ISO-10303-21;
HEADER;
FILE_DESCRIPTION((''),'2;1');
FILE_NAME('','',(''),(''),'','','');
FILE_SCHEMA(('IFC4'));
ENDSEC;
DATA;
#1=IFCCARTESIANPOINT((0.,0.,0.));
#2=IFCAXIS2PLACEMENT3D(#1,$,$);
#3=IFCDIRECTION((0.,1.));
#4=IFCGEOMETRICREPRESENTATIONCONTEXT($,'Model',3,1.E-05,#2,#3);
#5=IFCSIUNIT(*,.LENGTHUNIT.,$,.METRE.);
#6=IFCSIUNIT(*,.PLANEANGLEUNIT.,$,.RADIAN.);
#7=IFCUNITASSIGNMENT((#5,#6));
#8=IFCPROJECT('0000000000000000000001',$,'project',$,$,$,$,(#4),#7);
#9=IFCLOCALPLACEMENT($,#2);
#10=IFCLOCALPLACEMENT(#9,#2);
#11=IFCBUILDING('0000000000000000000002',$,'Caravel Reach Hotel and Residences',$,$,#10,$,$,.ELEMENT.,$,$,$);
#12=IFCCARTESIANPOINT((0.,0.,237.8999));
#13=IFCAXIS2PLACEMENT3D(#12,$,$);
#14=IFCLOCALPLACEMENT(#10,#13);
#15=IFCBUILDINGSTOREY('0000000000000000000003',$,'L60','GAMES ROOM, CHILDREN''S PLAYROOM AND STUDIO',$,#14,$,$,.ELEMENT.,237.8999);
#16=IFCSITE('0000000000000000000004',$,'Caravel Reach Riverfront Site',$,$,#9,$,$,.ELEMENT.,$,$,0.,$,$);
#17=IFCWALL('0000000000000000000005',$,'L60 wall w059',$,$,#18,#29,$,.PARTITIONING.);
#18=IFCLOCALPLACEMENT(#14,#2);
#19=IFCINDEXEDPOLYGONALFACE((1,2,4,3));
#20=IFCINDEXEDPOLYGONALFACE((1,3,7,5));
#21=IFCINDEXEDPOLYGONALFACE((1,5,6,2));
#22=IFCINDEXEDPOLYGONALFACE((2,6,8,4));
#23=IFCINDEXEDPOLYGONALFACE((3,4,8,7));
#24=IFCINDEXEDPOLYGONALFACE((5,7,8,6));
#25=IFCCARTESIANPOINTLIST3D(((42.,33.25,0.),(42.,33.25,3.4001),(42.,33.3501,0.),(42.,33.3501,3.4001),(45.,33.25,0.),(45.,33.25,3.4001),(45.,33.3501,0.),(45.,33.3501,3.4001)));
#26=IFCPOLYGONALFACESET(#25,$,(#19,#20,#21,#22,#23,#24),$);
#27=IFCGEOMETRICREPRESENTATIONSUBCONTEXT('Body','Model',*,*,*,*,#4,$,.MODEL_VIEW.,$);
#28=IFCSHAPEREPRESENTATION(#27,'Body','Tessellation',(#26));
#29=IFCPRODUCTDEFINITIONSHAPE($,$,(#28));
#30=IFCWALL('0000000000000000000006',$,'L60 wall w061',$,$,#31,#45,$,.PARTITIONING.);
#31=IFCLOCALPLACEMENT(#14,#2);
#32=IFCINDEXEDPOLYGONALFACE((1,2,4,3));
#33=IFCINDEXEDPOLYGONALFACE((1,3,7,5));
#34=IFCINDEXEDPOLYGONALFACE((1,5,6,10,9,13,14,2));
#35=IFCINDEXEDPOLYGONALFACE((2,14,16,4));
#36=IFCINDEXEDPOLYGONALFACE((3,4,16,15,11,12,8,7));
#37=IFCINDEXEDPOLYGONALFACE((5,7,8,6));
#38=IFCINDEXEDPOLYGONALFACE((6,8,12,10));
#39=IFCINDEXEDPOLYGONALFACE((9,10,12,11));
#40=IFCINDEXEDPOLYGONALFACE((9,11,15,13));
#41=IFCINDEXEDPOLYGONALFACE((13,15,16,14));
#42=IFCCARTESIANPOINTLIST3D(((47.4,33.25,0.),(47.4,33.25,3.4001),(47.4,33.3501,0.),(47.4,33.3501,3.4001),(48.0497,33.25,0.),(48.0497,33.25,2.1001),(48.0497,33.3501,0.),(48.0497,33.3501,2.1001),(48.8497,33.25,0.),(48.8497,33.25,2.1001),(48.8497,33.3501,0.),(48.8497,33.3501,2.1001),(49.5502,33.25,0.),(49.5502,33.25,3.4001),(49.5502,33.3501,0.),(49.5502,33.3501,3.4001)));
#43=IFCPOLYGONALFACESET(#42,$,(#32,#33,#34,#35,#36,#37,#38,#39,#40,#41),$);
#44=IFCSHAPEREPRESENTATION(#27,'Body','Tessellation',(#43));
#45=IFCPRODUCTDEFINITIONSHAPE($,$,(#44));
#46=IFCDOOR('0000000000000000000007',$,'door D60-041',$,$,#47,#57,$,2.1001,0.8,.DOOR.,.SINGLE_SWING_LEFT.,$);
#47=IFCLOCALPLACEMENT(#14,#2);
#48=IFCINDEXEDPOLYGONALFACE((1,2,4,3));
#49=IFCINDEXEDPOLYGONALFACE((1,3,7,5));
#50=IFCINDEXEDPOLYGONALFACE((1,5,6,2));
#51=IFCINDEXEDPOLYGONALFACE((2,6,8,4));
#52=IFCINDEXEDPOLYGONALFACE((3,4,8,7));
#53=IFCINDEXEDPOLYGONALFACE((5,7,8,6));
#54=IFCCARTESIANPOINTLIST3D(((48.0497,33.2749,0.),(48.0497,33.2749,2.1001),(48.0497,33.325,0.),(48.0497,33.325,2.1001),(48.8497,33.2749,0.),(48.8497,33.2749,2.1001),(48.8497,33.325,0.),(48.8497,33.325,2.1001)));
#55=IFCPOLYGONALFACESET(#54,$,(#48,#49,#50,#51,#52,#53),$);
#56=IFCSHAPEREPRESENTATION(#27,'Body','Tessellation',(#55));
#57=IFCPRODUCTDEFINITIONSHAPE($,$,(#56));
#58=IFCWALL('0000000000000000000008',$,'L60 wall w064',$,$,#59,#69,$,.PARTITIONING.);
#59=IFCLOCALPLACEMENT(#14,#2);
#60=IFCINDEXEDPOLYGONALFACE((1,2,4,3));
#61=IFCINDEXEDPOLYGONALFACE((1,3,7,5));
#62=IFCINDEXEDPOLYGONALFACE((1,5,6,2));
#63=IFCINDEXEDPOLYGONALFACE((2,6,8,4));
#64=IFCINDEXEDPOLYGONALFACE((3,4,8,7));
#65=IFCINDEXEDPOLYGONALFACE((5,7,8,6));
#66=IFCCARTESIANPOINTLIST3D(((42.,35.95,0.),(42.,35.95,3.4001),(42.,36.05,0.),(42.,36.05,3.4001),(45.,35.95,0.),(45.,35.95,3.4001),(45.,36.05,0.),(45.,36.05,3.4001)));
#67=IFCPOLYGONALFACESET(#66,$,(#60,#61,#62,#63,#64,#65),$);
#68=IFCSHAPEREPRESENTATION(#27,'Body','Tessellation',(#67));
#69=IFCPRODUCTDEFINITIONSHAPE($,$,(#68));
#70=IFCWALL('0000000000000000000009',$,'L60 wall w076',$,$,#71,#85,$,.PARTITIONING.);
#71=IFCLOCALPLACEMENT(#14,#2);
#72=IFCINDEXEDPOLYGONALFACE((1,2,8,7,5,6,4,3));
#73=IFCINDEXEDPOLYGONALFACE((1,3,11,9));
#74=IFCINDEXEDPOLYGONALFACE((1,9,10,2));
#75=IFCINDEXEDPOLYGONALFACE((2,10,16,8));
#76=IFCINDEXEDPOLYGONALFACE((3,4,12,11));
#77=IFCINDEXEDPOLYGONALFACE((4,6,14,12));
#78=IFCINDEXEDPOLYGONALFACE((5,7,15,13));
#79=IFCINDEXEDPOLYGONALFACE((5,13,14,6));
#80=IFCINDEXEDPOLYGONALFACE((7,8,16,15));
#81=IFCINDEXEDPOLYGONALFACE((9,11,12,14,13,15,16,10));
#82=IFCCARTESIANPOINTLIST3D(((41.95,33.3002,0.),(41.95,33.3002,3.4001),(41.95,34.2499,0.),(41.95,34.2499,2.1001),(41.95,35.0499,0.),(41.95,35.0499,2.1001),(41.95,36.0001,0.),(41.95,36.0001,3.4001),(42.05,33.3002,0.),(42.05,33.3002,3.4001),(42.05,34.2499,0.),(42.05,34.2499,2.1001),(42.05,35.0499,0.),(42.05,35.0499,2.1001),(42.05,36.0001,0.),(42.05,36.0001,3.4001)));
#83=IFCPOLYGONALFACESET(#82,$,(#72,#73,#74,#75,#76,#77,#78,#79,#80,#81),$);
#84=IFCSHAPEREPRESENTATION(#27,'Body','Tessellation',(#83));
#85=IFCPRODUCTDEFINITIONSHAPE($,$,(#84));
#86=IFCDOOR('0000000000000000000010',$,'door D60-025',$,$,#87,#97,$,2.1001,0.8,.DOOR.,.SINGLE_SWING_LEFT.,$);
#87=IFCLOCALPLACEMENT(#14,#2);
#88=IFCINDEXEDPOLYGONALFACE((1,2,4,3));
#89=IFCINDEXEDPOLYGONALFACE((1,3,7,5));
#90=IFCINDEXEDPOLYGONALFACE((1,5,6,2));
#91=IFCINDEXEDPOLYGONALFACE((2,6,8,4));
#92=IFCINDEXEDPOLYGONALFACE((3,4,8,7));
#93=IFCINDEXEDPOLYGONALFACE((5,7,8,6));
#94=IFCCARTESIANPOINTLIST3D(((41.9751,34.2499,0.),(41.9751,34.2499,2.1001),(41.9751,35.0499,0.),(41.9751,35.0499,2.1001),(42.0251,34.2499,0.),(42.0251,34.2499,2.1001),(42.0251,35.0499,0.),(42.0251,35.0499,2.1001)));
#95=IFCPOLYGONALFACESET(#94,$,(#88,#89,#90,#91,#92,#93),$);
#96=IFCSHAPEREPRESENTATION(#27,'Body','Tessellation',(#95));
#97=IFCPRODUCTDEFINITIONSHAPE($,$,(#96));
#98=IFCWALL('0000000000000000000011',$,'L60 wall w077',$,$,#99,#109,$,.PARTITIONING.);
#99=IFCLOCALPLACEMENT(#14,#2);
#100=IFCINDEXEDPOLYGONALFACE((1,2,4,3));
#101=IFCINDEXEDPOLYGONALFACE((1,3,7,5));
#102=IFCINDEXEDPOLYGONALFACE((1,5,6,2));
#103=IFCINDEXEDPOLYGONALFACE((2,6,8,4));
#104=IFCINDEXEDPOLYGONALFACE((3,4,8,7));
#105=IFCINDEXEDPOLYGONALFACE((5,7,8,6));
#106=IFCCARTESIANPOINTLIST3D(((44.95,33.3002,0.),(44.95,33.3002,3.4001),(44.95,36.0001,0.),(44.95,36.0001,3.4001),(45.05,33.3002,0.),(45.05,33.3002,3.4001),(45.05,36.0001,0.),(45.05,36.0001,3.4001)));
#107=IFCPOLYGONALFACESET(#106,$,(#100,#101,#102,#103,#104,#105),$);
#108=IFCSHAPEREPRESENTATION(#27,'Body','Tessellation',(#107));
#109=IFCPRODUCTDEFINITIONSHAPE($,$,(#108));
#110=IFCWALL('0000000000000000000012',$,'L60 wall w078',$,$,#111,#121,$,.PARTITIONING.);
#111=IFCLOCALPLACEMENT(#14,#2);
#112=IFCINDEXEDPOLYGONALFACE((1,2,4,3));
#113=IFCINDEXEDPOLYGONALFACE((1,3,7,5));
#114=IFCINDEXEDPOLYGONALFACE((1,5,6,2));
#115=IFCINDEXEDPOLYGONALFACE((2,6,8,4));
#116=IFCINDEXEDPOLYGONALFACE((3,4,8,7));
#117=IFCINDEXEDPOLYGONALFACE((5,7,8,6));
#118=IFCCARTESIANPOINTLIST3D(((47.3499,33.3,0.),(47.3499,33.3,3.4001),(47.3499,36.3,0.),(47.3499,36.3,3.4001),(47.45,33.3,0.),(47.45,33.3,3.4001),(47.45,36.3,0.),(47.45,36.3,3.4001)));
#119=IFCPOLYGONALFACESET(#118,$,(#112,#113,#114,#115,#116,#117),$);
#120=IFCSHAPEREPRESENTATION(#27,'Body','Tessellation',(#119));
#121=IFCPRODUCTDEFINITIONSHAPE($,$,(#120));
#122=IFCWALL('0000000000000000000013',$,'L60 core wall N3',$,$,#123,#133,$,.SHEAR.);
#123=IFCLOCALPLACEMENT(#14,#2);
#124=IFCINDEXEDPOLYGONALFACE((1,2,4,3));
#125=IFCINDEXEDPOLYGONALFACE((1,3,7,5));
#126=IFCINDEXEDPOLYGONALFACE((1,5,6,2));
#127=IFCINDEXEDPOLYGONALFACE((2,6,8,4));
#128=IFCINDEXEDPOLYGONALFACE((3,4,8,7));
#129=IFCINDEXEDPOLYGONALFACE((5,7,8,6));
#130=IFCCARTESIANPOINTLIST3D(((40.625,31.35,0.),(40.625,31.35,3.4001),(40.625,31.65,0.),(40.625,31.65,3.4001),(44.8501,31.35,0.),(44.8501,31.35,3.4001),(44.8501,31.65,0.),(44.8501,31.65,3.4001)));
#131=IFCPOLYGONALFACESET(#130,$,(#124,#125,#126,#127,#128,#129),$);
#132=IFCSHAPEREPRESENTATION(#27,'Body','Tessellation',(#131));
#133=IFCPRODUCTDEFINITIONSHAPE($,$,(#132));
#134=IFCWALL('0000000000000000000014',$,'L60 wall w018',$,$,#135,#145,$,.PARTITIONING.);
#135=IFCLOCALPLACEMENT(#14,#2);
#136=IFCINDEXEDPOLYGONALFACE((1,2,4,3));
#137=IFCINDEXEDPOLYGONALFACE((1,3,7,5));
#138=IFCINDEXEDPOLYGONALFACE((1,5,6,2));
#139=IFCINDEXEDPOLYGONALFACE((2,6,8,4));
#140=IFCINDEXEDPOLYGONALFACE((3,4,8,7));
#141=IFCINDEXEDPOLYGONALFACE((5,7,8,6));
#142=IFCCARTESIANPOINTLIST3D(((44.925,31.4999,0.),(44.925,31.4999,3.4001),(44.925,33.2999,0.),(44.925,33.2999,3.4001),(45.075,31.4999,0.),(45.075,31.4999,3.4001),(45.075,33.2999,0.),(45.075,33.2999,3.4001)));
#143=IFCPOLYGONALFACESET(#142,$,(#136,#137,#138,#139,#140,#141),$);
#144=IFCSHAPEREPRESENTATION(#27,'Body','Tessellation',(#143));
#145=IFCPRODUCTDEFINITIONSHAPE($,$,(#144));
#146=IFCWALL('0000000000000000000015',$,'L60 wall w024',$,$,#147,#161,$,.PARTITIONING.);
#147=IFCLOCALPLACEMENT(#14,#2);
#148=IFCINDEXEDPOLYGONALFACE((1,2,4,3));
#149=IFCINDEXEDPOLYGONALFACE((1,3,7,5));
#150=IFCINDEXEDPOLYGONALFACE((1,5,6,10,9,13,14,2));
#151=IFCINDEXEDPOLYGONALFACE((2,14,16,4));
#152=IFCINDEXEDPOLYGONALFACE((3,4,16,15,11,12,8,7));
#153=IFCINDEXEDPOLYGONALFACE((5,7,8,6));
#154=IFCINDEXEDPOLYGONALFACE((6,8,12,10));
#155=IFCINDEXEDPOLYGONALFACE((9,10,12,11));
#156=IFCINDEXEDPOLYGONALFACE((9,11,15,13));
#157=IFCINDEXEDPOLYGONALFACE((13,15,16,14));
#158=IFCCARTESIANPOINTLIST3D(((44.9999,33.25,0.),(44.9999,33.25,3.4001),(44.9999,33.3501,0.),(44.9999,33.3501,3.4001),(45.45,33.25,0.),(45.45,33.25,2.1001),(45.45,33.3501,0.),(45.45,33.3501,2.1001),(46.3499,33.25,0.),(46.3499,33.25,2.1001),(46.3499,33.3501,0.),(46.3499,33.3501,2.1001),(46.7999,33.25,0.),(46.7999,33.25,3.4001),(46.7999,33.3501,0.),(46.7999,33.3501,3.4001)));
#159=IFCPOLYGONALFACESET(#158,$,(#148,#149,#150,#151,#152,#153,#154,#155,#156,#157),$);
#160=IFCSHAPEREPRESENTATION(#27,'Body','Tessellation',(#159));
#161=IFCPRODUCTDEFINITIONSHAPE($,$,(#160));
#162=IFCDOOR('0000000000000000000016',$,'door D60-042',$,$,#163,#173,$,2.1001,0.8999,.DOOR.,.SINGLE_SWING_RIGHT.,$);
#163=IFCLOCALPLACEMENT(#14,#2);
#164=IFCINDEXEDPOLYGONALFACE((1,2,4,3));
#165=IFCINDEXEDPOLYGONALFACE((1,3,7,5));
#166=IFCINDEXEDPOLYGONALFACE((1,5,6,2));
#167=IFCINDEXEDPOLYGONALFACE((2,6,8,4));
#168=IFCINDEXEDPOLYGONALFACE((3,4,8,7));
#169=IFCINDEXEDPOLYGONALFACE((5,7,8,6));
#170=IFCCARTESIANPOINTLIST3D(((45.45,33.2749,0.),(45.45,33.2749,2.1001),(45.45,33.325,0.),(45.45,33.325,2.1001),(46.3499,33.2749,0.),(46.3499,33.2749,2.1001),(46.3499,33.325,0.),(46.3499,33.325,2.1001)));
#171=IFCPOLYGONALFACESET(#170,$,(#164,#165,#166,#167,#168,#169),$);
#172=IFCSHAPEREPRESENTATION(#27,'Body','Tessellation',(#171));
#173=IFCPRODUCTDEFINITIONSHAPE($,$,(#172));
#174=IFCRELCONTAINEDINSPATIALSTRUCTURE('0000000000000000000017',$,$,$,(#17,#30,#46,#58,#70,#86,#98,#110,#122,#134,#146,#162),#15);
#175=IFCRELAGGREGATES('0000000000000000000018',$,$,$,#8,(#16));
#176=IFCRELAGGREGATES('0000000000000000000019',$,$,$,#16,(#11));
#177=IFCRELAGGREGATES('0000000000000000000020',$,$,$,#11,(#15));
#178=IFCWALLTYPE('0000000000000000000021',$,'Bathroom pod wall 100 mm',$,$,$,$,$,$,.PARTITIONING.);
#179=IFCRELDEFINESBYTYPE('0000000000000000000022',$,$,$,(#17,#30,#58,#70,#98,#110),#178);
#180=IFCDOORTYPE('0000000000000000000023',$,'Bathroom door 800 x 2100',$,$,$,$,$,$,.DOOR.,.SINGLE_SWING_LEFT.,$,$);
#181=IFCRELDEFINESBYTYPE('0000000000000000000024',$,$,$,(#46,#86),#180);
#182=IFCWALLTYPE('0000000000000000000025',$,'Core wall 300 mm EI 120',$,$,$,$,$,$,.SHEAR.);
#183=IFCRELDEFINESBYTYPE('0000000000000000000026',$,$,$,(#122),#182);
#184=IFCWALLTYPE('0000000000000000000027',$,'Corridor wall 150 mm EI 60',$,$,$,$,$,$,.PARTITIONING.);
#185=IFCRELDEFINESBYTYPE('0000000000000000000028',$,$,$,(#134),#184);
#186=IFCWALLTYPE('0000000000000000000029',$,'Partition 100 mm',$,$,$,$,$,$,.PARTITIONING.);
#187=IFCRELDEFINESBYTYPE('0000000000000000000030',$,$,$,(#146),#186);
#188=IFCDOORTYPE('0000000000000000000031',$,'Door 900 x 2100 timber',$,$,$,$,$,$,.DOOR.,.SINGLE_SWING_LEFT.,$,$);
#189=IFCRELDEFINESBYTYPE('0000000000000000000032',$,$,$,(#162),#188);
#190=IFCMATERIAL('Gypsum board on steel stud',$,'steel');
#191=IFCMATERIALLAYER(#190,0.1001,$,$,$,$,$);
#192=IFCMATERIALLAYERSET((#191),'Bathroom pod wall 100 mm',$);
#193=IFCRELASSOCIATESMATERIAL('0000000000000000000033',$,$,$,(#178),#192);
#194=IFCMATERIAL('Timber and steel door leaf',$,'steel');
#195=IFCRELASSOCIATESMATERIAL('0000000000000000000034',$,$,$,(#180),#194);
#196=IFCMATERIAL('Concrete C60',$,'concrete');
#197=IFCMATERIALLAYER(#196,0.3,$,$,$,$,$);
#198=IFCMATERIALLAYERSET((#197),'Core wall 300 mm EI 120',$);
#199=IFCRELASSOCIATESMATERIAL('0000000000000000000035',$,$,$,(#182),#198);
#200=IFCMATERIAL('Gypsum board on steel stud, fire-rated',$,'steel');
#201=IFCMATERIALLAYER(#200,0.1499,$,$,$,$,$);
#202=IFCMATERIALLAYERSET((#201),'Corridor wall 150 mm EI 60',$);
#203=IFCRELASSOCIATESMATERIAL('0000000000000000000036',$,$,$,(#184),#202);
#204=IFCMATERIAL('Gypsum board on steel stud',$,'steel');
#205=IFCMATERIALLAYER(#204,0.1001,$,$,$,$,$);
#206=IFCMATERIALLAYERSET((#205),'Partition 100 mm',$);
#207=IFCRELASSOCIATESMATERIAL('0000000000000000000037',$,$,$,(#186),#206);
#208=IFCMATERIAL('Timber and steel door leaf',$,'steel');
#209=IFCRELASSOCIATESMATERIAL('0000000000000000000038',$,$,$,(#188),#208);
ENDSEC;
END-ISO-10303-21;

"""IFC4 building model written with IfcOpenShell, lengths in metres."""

from ifc_helpers import new_model, si_unit, direction, frame, frame_2d, origin, place, context, subcontext, project, spatial, rectangle, extrude, material, layer, layer_set, type_object, element, fill, save


model = new_model("IFC4")

# Units and contexts
model_context = context("Model", 3, precision=1e-05, world=origin(), true_north=direction((0.0, 1.0)))
body_context = subcontext(model_context, "Body", "Model", "MODEL_VIEW")
ifc_project = project(units=[si_unit("LENGTHUNIT", "METRE"), si_unit("PLANEANGLEUNIT", "RADIAN")], contexts=[model_context])

# Site, building, storey
site_placement = place(None, origin())
site = spatial("IfcSite", under=ifc_project, at=site_placement, Name="Caravel Reach Riverfront Site", CompositionType="ELEMENT", RefElevation=0.0)
building_placement = place(site_placement, origin())
building = spatial("IfcBuilding", under=site, at=building_placement, Name="Caravel Reach Hotel and Residences", CompositionType="ELEMENT")
storey_placement = place(building_placement, frame((0.0, 0.0, 237.8999)))
storey = spatial("IfcBuildingStorey", under=building, at=storey_placement, Name="L60", Description="GAMES ROOM, CHILDREN'S PLAYROOM AND STUDIO", CompositionType="ELEMENT", Elevation=237.8999)

# Wall
ifc_material_1 = material(Name="Gypsum board on steel stud", Category="steel")
ifc_layer_1 = layer(ifc_material_1, 0.1001)
ifc_layer_set_1 = layer_set([ifc_layer_1], Name="Bathroom pod wall 100 mm")
wall_type_1 = type_object("IfcWallType", Name="Bathroom pod wall 100 mm", PredefinedType="PARTITIONING", material=ifc_layer_set_1)
wall_1_placement = place(storey_placement, frame((42.0, 33.3, 0.0), z_axis=(0.0, 0.0, 1.0), x_axis=(1.0, 0.0, 0.0)))
element("IfcWall", 1, at=wall_1_placement, inside=storey, type_object=wall_type_1, Name="L60 wall w059", PredefinedType="PARTITIONING", context=body_context, shape_type="SweptSolid", body=[
    extrude(rectangle(XDim=3.0, YDim=0.1001, at=frame_2d((1.5, 0.0))), origin(), (0.0, 0.0, 1.0), 3.4001),
])

# Wall, opening, door
wall_2_placement = place(storey_placement, frame((47.3999, 33.3, 0.0), z_axis=(0.0, 0.0, 1.0), x_axis=(1.0, 0.0, 0.0)))
wall_2 = element("IfcWall", 2, at=wall_2_placement, inside=storey, type_object=wall_type_1, Name="L60 wall w061", PredefinedType="PARTITIONING", context=body_context, shape_type="SweptSolid", body=[
    extrude(rectangle(XDim=2.1501, YDim=0.1001, at=frame_2d((1.0752, 0.0))), origin(), (0.0, 0.0, 1.0), 3.4001),
])
opening_1_placement = place(wall_2_placement, frame((0.6499, 0.0, 0.0)))
opening_1 = element("IfcOpeningElement", 3, at=opening_1_placement, cuts=wall_2, PredefinedType="OPENING", context=body_context, shape_type="SweptSolid", body=[
    extrude(rectangle(XDim=0.8, YDim=2.1001, at=frame_2d((0.3999, 1.05))), frame((0.0, 0.0601, 0.0), z_axis=(0.0, -1.0, 0.0), x_axis=(1.0, 0.0, 0.0)), (0.0, 0.0, 1.0), 0.1201),
])
ifc_material_2 = material(Name="Timber and steel door leaf", Category="steel")
door_type_1 = type_object("IfcDoorType", Name="Bathroom door 800 x 2100", OperationType="SINGLE_SWING_LEFT", PredefinedType="DOOR", material=ifc_material_2)
door_1_placement = place(opening_1_placement, origin())
door_1 = element("IfcDoor", 4, at=door_1_placement, inside=storey, type_object=door_type_1, Name="door D60-041", OperationType="SINGLE_SWING_LEFT", OverallHeight=2.1001, OverallWidth=0.8, PredefinedType="DOOR", context=body_context, shape_type="SweptSolid", body=[
    extrude(rectangle(XDim=0.8, YDim=2.1001, at=frame_2d((0.3999, 1.05))), frame((0.0, 0.0249, 0.0), z_axis=(0.0, -1.0, 0.0), x_axis=(1.0, 0.0, 0.0)), (0.0, 0.0, 1.0), 0.05),
])
fill(opening_1, door_1)

# Wall
wall_3_placement = place(storey_placement, frame((42.0, 36.0, 0.0), z_axis=(0.0, 0.0, 1.0), x_axis=(1.0, 0.0, 0.0)))
element("IfcWall", 5, at=wall_3_placement, inside=storey, type_object=wall_type_1, Name="L60 wall w064", PredefinedType="PARTITIONING", context=body_context, shape_type="SweptSolid", body=[
    extrude(rectangle(XDim=3.0, YDim=0.1001, at=frame_2d((1.5, 0.0))), origin(), (0.0, 0.0, 1.0), 3.4001),
])

# Wall, opening, door
wall_4_placement = place(storey_placement, frame((42.0, 33.3, 0.0), z_axis=(0.0, 0.0, 1.0), x_axis=(0.0, 1.0, 0.0)))
wall_4 = element("IfcWall", 6, at=wall_4_placement, inside=storey, type_object=wall_type_1, Name="L60 wall w076", PredefinedType="PARTITIONING", context=body_context, shape_type="SweptSolid", body=[
    extrude(rectangle(XDim=2.7, YDim=0.1001, at=frame_2d((1.3501, 0.0))), origin(), (0.0, 0.0, 1.0), 3.4001),
])
opening_2_placement = place(wall_4_placement, frame((0.95, 0.0, 0.0)))
opening_2 = element("IfcOpeningElement", 7, at=opening_2_placement, cuts=wall_4, PredefinedType="OPENING", context=body_context, shape_type="SweptSolid", body=[
    extrude(rectangle(XDim=0.8, YDim=2.1001, at=frame_2d((0.3999, 1.05))), frame((0.0, 0.0601, 0.0), z_axis=(0.0, -1.0, 0.0), x_axis=(1.0, 0.0, 0.0)), (0.0, 0.0, 1.0), 0.1201),
])
door_2_placement = place(opening_2_placement, origin())
door_2 = element("IfcDoor", 8, at=door_2_placement, inside=storey, type_object=door_type_1, Name="door D60-025", OperationType="SINGLE_SWING_LEFT", OverallHeight=2.1001, OverallWidth=0.8, PredefinedType="DOOR", context=body_context, shape_type="SweptSolid", body=[
    extrude(rectangle(XDim=0.8, YDim=2.1001, at=frame_2d((0.3999, 1.05))), frame((0.0, 0.0249, 0.0), z_axis=(0.0, -1.0, 0.0), x_axis=(1.0, 0.0, 0.0)), (0.0, 0.0, 1.0), 0.05),
])
fill(opening_2, door_2)

# Walls
wall_5_placement = place(storey_placement, frame((45.0, 33.3, 0.0), z_axis=(0.0, 0.0, 1.0), x_axis=(0.0, 1.0, 0.0)))
element("IfcWall", 9, at=wall_5_placement, inside=storey, type_object=wall_type_1, Name="L60 wall w077", PredefinedType="PARTITIONING", context=body_context, shape_type="SweptSolid", body=[
    extrude(rectangle(XDim=2.7, YDim=0.1001, at=frame_2d((1.3501, 0.0))), origin(), (0.0, 0.0, 1.0), 3.4001),
])
wall_6_placement = place(storey_placement, frame((47.3999, 33.3, 0.0), z_axis=(0.0, 0.0, 1.0), x_axis=(0.0, 1.0, 0.0)))
element("IfcWall", 10, at=wall_6_placement, inside=storey, type_object=wall_type_1, Name="L60 wall w078", PredefinedType="PARTITIONING", context=body_context, shape_type="SweptSolid", body=[
    extrude(rectangle(XDim=3.0, YDim=0.1001, at=frame_2d((1.5, 0.0))), origin(), (0.0, 0.0, 1.0), 3.4001),
])
ifc_material_3 = material(Name="Concrete C60", Category="concrete")
ifc_layer_2 = layer(ifc_material_3, 0.3)
ifc_layer_set_2 = layer_set([ifc_layer_2], Name="Core wall 300 mm EI 120")
wall_type_2 = type_object("IfcWallType", Name="Core wall 300 mm EI 120", PredefinedType="SHEAR", material=ifc_layer_set_2)
wall_7_placement = place(storey_placement, frame((40.625, 31.5, 0.0), z_axis=(0.0, 0.0, 1.0), x_axis=(1.0, 0.0, 0.0)))
element("IfcWall", 11, at=wall_7_placement, inside=storey, type_object=wall_type_2, Name="L60 core wall N3", PredefinedType="SHEAR", context=body_context, shape_type="SweptSolid", body=[
    extrude(rectangle(XDim=4.2251, YDim=0.3, at=frame_2d((2.1125, 0.0))), origin(), (0.0, 0.0, 1.0), 3.4001),
])
ifc_material_4 = material(Name="Gypsum board on steel stud, fire-rated", Category="steel")
ifc_layer_3 = layer(ifc_material_4, 0.1499)
ifc_layer_set_3 = layer_set([ifc_layer_3], Name="Corridor wall 150 mm EI 60")
wall_type_3 = type_object("IfcWallType", Name="Corridor wall 150 mm EI 60", PredefinedType="PARTITIONING", material=ifc_layer_set_3)
wall_8_placement = place(storey_placement, frame((45.0, 31.5, 0.0), z_axis=(0.0, 0.0, 1.0), x_axis=(0.0, 1.0, 0.0)))
element("IfcWall", 12, at=wall_8_placement, inside=storey, type_object=wall_type_3, Name="L60 wall w018", PredefinedType="PARTITIONING", context=body_context, shape_type="SweptSolid", body=[
    extrude(rectangle(XDim=1.8, YDim=0.1499, at=frame_2d((0.8999, 0.0))), origin(), (0.0, 0.0, 1.0), 3.4001),
])

# Wall, opening, door
ifc_material_5 = material(Name="Gypsum board on steel stud", Category="steel")
ifc_layer_4 = layer(ifc_material_5, 0.1001)
ifc_layer_set_4 = layer_set([ifc_layer_4], Name="Partition 100 mm")
wall_type_4 = type_object("IfcWallType", Name="Partition 100 mm", PredefinedType="PARTITIONING", material=ifc_layer_set_4)
wall_9_placement = place(storey_placement, frame((45.0, 33.3, 0.0), z_axis=(0.0, 0.0, 1.0), x_axis=(1.0, 0.0, 0.0)))
wall_9 = element("IfcWall", 13, at=wall_9_placement, inside=storey, type_object=wall_type_4, Name="L60 wall w024", PredefinedType="PARTITIONING", context=body_context, shape_type="SweptSolid", body=[
    extrude(rectangle(XDim=1.8, YDim=0.1001, at=frame_2d((0.8999, 0.0))), origin(), (0.0, 0.0, 1.0), 3.4001),
])
opening_3_placement = place(wall_9_placement, frame((0.45, 0.0, 0.0)))
opening_3 = element("IfcOpeningElement", 14, at=opening_3_placement, cuts=wall_9, PredefinedType="OPENING", context=body_context, shape_type="SweptSolid", body=[
    extrude(rectangle(XDim=0.8999, YDim=2.1001, at=frame_2d((0.45, 1.05))), frame((0.0, 0.0601, 0.0), z_axis=(0.0, -1.0, 0.0), x_axis=(1.0, 0.0, 0.0)), (0.0, 0.0, 1.0), 0.1201),
])
ifc_material_6 = material(Name="Timber and steel door leaf", Category="steel")
door_type_2 = type_object("IfcDoorType", Name="Door 900 x 2100 timber", OperationType="SINGLE_SWING_LEFT", PredefinedType="DOOR", material=ifc_material_6)
door_3_placement = place(opening_3_placement, origin())
door_3 = element("IfcDoor", 15, at=door_3_placement, inside=storey, type_object=door_type_2, Name="door D60-042", OperationType="SINGLE_SWING_RIGHT", OverallHeight=2.1001, OverallWidth=0.8999, PredefinedType="DOOR", context=body_context, shape_type="SweptSolid", body=[
    extrude(rectangle(XDim=0.8999, YDim=2.1001, at=frame_2d((0.45, 1.05))), frame((0.0, 0.0249, 0.0), z_axis=(0.0, -1.0, 0.0), x_axis=(1.0, 0.0, 0.0)), (0.0, 0.0, 1.0), 0.05),
])
fill(opening_3, door_3)

save(model, "model.ifc")
